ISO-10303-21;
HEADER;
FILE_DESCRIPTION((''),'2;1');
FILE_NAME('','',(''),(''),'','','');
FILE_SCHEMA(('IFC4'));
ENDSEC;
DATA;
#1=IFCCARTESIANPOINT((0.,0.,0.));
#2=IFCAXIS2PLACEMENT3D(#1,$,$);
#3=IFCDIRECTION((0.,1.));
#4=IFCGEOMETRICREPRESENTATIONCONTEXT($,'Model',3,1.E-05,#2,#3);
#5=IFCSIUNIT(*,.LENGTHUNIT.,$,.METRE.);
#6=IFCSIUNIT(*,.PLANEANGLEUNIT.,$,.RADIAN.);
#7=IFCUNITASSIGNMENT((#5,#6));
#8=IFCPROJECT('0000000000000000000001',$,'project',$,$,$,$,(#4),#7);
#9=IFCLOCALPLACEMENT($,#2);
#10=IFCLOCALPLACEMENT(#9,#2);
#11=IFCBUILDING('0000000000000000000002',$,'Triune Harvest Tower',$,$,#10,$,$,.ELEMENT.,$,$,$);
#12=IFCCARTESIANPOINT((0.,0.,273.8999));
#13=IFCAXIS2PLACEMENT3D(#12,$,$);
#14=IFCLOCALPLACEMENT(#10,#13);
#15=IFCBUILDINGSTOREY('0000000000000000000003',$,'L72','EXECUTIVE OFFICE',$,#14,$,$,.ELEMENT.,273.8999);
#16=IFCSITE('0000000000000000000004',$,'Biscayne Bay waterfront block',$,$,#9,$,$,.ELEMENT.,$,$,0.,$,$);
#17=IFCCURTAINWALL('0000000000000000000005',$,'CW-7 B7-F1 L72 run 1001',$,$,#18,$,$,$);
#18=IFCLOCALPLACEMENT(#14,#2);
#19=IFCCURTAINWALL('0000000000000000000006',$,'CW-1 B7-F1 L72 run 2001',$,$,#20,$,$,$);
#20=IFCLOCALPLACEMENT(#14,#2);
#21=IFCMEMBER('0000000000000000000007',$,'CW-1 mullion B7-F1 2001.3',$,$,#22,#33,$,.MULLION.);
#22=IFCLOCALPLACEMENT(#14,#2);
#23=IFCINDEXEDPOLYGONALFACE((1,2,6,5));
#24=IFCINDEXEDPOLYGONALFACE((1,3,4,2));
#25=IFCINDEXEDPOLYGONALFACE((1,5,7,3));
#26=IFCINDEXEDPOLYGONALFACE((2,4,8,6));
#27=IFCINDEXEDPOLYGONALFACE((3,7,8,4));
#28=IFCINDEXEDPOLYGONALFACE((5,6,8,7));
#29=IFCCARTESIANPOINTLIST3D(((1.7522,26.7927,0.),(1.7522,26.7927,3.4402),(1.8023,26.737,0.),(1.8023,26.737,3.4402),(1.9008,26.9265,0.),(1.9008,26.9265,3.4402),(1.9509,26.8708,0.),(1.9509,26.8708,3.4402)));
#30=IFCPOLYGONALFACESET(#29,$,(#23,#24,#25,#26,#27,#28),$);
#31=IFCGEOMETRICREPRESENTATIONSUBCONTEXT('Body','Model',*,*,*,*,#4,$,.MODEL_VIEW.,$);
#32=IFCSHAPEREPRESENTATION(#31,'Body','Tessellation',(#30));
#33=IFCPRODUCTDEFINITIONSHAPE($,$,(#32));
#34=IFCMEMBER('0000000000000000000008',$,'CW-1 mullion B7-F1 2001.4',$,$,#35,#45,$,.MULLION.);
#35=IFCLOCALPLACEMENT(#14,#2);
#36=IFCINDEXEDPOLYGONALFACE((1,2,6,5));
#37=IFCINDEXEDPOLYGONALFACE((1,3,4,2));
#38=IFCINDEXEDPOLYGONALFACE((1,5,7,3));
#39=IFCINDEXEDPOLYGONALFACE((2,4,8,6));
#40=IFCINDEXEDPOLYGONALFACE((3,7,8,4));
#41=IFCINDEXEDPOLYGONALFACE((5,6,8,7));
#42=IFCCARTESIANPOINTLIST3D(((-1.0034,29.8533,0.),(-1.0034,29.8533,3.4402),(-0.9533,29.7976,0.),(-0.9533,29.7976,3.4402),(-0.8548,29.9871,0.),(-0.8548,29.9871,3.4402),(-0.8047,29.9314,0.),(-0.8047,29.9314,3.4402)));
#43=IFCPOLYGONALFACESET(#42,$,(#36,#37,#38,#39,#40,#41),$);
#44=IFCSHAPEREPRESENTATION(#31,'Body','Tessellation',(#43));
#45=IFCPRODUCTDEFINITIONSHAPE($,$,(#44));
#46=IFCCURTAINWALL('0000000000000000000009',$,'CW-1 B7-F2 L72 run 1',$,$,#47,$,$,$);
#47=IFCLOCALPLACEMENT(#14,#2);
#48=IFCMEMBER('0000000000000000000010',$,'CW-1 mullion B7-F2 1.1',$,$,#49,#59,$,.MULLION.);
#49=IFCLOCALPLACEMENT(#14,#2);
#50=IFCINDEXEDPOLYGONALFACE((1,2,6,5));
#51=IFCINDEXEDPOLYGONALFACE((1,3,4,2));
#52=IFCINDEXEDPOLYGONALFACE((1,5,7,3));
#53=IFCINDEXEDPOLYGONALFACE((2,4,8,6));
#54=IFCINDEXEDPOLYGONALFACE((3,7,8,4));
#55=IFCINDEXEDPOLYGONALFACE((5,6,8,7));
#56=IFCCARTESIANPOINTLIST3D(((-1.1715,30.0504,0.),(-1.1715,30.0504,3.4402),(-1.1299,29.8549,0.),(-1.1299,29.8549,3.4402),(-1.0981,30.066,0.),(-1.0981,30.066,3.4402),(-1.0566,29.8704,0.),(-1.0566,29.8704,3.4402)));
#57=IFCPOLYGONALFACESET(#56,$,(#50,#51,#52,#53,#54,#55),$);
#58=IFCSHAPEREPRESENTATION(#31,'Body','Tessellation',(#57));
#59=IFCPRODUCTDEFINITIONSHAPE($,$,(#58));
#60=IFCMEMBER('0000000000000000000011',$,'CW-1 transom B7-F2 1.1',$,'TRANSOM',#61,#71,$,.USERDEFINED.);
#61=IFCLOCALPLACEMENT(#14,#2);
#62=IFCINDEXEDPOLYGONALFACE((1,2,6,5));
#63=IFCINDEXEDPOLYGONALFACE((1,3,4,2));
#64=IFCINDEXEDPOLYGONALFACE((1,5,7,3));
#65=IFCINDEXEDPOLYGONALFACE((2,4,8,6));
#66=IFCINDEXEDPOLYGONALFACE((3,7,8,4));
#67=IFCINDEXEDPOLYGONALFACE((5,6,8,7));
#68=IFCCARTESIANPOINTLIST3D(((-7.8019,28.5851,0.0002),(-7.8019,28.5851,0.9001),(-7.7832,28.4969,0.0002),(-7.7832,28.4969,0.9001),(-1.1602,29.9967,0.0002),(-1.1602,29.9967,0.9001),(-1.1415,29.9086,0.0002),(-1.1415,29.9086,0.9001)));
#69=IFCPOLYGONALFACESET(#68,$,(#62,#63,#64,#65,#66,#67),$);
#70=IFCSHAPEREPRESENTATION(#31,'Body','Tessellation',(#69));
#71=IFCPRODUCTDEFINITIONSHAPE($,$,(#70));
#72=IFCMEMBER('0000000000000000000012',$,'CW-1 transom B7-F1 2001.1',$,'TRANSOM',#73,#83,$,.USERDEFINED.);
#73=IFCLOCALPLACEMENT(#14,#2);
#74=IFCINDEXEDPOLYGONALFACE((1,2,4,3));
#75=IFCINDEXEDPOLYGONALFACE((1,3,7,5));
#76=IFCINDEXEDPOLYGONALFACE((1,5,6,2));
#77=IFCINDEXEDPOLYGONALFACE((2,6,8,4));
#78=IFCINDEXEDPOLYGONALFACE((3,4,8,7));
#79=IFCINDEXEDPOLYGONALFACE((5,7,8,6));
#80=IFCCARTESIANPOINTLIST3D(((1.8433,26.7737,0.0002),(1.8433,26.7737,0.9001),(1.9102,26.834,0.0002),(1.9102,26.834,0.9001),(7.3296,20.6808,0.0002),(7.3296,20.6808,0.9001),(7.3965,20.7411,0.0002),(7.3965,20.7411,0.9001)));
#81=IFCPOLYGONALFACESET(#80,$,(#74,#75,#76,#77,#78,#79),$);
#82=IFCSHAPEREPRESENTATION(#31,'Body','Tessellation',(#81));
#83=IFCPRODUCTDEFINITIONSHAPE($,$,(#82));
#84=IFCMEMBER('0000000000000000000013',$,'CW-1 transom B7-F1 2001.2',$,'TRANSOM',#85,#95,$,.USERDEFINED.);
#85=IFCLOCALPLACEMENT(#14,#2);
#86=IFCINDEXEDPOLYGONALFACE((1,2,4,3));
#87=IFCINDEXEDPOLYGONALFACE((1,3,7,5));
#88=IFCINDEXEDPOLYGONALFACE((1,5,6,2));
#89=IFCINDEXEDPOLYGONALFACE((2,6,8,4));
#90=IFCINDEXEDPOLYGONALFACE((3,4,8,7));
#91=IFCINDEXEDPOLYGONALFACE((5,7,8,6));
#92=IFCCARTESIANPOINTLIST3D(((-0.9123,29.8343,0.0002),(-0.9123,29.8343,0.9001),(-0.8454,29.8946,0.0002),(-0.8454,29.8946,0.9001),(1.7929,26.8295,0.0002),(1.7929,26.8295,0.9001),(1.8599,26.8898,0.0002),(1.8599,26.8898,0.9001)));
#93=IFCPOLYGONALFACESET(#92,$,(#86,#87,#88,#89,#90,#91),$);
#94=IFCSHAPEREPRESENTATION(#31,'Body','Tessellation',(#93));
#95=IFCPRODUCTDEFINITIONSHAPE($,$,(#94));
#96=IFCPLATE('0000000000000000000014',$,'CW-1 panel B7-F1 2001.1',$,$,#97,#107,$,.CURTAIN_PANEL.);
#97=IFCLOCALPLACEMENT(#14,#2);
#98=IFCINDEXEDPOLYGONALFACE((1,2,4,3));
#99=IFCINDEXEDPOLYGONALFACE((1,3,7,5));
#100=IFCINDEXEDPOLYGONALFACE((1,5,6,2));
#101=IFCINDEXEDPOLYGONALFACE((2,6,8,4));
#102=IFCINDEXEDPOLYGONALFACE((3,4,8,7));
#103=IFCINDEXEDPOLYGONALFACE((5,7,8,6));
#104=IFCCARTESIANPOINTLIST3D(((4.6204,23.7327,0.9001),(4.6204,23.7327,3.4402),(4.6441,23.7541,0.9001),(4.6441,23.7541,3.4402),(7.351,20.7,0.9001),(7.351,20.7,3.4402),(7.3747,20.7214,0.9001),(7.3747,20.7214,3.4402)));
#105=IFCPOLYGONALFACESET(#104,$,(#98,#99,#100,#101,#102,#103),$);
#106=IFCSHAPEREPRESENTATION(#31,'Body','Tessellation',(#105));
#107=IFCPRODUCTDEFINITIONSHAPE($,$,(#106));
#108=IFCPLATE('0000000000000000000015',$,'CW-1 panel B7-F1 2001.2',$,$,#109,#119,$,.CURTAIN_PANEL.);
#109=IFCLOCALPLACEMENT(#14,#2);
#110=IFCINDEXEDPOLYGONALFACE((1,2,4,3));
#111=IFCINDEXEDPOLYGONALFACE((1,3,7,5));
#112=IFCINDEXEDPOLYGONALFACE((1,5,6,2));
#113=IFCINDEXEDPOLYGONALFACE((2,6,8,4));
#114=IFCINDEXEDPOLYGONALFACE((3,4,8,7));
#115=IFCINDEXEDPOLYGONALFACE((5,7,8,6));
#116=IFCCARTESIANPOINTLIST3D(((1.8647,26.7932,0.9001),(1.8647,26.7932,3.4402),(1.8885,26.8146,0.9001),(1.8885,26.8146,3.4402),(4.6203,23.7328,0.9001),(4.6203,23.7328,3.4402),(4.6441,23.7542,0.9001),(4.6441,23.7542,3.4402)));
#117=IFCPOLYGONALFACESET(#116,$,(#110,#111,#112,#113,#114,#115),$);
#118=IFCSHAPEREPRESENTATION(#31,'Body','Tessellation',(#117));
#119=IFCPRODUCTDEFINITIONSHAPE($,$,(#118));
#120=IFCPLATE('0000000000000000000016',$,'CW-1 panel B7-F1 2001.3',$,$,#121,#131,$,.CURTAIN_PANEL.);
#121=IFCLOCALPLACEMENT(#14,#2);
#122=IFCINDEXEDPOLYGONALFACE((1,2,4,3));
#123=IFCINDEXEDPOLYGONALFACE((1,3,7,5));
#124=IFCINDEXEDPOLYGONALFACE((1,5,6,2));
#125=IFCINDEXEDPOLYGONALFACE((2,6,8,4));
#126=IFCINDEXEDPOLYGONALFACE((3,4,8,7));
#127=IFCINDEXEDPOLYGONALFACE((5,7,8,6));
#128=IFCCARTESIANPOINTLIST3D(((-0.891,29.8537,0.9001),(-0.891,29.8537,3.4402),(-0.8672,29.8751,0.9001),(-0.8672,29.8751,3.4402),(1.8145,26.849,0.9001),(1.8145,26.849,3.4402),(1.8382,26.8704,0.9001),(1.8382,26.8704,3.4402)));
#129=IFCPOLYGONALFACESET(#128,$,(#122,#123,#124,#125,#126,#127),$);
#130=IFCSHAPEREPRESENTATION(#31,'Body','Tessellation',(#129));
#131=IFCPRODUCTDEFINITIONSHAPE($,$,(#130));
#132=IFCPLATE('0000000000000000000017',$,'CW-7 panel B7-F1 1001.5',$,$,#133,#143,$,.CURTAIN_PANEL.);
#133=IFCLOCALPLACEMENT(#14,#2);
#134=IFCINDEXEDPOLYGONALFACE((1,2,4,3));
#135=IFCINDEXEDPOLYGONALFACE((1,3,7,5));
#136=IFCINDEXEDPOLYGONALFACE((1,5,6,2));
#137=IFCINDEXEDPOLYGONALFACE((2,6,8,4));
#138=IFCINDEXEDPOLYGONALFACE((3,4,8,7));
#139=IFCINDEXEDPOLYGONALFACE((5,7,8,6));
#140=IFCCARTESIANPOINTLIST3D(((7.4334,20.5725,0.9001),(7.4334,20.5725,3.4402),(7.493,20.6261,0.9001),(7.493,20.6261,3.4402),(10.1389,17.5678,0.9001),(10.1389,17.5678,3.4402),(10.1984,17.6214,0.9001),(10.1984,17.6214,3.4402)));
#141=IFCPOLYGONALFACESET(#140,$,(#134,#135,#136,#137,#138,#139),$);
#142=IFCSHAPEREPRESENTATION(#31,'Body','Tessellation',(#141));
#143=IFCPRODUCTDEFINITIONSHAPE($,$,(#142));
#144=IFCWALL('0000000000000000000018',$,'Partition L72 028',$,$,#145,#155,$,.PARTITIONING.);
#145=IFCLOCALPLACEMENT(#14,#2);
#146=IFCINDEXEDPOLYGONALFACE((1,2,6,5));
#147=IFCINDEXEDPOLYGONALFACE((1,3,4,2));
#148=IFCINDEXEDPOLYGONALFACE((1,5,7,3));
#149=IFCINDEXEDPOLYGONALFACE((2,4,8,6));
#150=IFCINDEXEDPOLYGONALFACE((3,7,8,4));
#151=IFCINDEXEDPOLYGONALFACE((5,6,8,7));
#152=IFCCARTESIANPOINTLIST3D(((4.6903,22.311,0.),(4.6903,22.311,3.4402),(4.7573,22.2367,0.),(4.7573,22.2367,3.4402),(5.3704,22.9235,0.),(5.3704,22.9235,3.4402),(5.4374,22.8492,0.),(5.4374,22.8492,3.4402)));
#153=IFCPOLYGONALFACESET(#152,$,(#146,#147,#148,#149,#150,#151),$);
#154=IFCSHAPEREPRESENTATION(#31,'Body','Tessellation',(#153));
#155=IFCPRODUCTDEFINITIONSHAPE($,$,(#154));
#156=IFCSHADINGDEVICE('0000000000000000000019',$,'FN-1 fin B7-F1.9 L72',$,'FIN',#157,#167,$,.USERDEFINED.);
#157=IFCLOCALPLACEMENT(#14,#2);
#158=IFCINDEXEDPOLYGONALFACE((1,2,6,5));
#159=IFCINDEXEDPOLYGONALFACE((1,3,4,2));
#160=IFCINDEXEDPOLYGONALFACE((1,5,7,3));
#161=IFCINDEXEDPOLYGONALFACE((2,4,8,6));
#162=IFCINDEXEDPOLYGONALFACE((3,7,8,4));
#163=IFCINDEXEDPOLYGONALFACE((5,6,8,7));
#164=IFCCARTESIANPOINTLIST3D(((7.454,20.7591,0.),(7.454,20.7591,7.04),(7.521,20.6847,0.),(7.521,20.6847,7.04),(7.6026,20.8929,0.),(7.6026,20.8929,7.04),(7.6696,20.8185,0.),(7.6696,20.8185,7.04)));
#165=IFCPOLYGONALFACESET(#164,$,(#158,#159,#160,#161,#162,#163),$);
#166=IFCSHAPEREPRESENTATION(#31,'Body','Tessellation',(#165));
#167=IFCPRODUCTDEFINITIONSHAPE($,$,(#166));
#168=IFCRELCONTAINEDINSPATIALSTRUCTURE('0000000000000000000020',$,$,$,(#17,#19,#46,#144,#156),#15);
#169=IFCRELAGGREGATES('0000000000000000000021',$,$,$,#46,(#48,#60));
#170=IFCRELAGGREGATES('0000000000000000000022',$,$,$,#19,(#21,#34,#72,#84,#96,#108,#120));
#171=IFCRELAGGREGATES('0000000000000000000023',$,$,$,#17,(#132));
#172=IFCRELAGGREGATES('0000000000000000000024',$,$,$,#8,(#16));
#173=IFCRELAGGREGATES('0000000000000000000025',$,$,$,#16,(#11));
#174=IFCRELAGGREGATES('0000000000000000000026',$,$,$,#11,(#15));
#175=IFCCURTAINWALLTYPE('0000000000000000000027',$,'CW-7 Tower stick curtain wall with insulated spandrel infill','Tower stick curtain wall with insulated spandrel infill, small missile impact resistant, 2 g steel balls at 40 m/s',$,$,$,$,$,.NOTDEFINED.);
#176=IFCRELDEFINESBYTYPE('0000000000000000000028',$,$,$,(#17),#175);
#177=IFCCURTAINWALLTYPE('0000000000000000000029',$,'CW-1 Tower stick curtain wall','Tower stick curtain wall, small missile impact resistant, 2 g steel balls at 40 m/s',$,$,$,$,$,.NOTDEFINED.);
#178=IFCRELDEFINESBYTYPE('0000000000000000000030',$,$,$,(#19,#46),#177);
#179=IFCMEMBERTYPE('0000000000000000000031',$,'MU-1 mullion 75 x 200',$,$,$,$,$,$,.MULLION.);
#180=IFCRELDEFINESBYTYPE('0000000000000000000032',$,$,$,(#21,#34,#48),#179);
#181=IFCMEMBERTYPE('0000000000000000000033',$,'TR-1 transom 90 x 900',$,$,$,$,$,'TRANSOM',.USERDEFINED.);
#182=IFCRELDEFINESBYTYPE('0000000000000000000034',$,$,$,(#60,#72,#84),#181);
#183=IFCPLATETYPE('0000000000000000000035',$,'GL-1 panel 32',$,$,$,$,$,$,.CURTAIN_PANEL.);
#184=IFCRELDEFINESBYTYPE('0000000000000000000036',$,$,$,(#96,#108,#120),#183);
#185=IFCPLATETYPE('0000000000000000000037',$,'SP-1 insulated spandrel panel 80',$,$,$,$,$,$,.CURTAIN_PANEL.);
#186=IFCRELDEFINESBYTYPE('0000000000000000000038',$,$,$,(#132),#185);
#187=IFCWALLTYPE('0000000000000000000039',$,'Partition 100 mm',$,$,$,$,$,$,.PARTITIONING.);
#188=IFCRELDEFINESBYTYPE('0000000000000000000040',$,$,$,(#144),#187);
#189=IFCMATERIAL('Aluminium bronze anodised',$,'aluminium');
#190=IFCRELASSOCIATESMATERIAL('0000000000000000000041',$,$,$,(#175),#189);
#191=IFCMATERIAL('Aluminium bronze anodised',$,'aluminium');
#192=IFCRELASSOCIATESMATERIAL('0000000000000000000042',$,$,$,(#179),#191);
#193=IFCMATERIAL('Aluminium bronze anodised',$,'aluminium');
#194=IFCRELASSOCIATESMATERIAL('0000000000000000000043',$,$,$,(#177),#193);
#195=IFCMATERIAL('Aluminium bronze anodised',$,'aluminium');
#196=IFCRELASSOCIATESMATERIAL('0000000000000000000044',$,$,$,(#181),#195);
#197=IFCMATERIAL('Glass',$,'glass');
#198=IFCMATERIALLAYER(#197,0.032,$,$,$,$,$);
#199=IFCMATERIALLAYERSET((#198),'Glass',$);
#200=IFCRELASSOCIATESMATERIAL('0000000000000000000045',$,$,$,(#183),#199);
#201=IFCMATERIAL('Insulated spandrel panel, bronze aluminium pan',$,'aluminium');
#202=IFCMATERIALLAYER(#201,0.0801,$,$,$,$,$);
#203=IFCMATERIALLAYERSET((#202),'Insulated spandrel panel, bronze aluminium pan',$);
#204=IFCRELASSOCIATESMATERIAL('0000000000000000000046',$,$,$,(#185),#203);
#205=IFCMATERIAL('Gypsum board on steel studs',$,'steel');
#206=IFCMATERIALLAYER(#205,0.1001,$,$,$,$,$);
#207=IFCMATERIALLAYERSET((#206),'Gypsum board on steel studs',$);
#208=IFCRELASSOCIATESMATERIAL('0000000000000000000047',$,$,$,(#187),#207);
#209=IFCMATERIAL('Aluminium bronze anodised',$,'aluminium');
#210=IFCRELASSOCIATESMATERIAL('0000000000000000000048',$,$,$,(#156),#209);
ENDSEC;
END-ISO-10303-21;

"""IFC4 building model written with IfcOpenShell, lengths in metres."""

from ifc_helpers import new_model, si_unit, direction, frame, frame_2d, origin, origin_2d, place, context, subcontext, project, spatial, rectangle, extrude, source, transform, mapped, material, layer, layer_set, material_profile, profile_set, type_object, element, aggregate, save


model = new_model("IFC4")

# Units and contexts
model_context = context("Model", 3, precision=1e-05, world=origin(), true_north=direction((0.0, 1.0)))
body_context = subcontext(model_context, "Body", "Model", "MODEL_VIEW")
ifc_project = project(units=[si_unit("LENGTHUNIT", "METRE"), si_unit("PLANEANGLEUNIT", "RADIAN")], contexts=[model_context])

# Site, building, storey
site_placement = place(None, origin())
site = spatial("IfcSite", under=ifc_project, at=site_placement, Name="Biscayne Bay waterfront block", CompositionType="ELEMENT", RefElevation=0.0)
building_placement = place(site_placement, origin())
building = spatial("IfcBuilding", under=site, at=building_placement, Name="Triune Harvest Tower", CompositionType="ELEMENT")
storey_placement = place(building_placement, frame((0.0, 0.0, 273.8999)))
storey = spatial("IfcBuildingStorey", under=building, at=storey_placement, Name="L72", Description="EXECUTIVE OFFICE", CompositionType="ELEMENT", Elevation=273.8999)

# Curtain wall
ifc_material_1 = material(Name="Aluminium bronze anodised", Category="aluminium")
curtain_wall_type_1 = type_object("IfcCurtainWallType", Name="CW-7 Tower stick curtain wall with insulated spandrel infill", Description="Tower stick curtain wall with insulated spandrel infill, small missile impact resistant, 2 g steel balls at 40 m/s", PredefinedType="NOTDEFINED", material=ifc_material_1)
curtain_wall_1_placement = place(storey_placement, origin())
curtain_wall_1 = element("IfcCurtainWall", 1, at=curtain_wall_1_placement, inside=storey, type_object=curtain_wall_type_1, Name="CW-7 B7-F1 L72 run 1001")
ifc_material_2 = material(Name="Aluminium bronze anodised", Category="aluminium")
ifc_material_profile_1 = material_profile(ifc_material_2, rectangle(XDim=0.2, YDim=0.075, at=origin_2d()), Name="MU-1 mullion 75 x 200")
ifc_profile_set_1 = profile_set([ifc_material_profile_1], Name="Aluminium bronze anodised")
member_type_1 = type_object("IfcMemberType", Name="MU-1 mullion 75 x 200", PredefinedType="MULLION", material=ifc_profile_set_1)
shared_shape_1 = source(origin(), body_context, "Body", "SweptSolid", [
    extrude(rectangle(XDim=0.2, YDim=0.075, at=origin_2d()), origin(), (0.0, 0.0, 1.0), 3.4402),
])

# Curtain walls, members
ifc_material_3 = material(Name="Aluminium bronze anodised", Category="aluminium")
curtain_wall_type_2 = type_object("IfcCurtainWallType", Name="CW-1 Tower stick curtain wall", Description="Tower stick curtain wall, small missile impact resistant, 2 g steel balls at 40 m/s", PredefinedType="NOTDEFINED", material=ifc_material_3)
curtain_wall_2_placement = place(storey_placement, origin())
curtain_wall_2 = element("IfcCurtainWall", 2, at=curtain_wall_2_placement, inside=storey, type_object=curtain_wall_type_2, Name="CW-1 B7-F1 L72 run 2001")
member_1_placement = place(storey_placement, frame((1.8516, 26.8318, 0.0), z_axis=(0.0, 0.0, 1.0), x_axis=(-0.743144, -0.669131, 0.0)))
member_1 = element("IfcMember", 3, at=member_1_placement, type_object=member_type_1, Name="CW-1 mullion B7-F1 2001.3", PredefinedType="MULLION", context=body_context, shape_type="MappedRepresentation", body=[
    mapped(shared_shape_1, transform((0.0, 0.0, 0.0), scale=1.0)),
])
member_2_placement = place(storey_placement, frame((-0.9041, 29.8923, 0.0), z_axis=(0.0, 0.0, 1.0), x_axis=(-0.743144, -0.669131, 0.0)))
member_2 = element("IfcMember", 4, at=member_2_placement, type_object=member_type_1, Name="CW-1 mullion B7-F1 2001.4", PredefinedType="MULLION", context=body_context, shape_type="MappedRepresentation", body=[
    mapped(shared_shape_1, transform((0.0, 0.0, 0.0), scale=1.0)),
])
curtain_wall_3_placement = place(storey_placement, origin())
curtain_wall_3 = element("IfcCurtainWall", 5, at=curtain_wall_3_placement, inside=storey, type_object=curtain_wall_type_2, Name="CW-1 B7-F2 L72 run 1")
member_3_placement = place(storey_placement, frame((-1.114, 29.9604, 0.0), z_axis=(0.0, 0.0, 1.0), x_axis=(0.207905, -0.978149, 0.0)))
member_3 = element("IfcMember", 6, at=member_3_placement, type_object=member_type_1, Name="CW-1 mullion B7-F2 1.1", PredefinedType="MULLION", context=body_context, shape_type="MappedRepresentation", body=[
    mapped(shared_shape_1, transform((0.0, 0.0, 0.0), scale=1.0)),
])
ifc_material_4 = material(Name="Aluminium bronze anodised", Category="aluminium")
ifc_material_profile_2 = material_profile(ifc_material_4, rectangle(XDim=0.0901, YDim=0.8999, at=origin_2d()), Name="TR-1 transom 90 x 900")
ifc_profile_set_2 = profile_set([ifc_material_profile_2], Name="Aluminium bronze anodised")
member_type_2 = type_object("IfcMemberType", Name="TR-1 transom 90 x 900", ElementType="TRANSOM", PredefinedType="USERDEFINED", material=ifc_profile_set_2)
shared_shape_2 = source(origin(), body_context, "Body", "SweptSolid", [
    extrude(rectangle(XDim=0.0901, YDim=0.8999, at=origin_2d()), origin(), (0.0, 0.0, 1.0), 6.79),
])
member_4_placement = place(storey_placement, frame((-1.1509, 29.9526, 0.4502), z_axis=(-0.97815, -0.207898, 0.0), x_axis=(0.207898, -0.97815, 0.0)))
member_4 = element("IfcMember", 7, at=member_4_placement, type_object=member_type_2, Name="CW-1 transom B7-F2 1.1", ObjectType="TRANSOM", PredefinedType="USERDEFINED", context=body_context, shape_type="MappedRepresentation", body=[
    mapped(shared_shape_2, transform((0.0, 0.0, 0.0), scale=1.0)),
])
aggregate(curtain_wall_3, [member_3, member_4])

# Members
shared_shape_3 = source(origin(), body_context, "Body", "SweptSolid", [
    extrude(rectangle(XDim=0.0901, YDim=0.8999, at=origin_2d()), origin(), (0.0, 0.0, 1.0), 8.199),
])
member_5_placement = place(storey_placement, frame((7.363, 20.7109, 0.4502), z_axis=(-0.669141, 0.743136, 0.0), x_axis=(-0.743136, -0.669141, 0.0)))
member_5 = element("IfcMember", 8, at=member_5_placement, type_object=member_type_2, Name="CW-1 transom B7-F1 2001.1", ObjectType="TRANSOM", PredefinedType="USERDEFINED", context=body_context, shape_type="MappedRepresentation", body=[
    mapped(shared_shape_3, transform((0.0, 0.0, 0.0), scale=1.0)),
])
shared_shape_4 = source(origin(), body_context, "Body", "SweptSolid", [
    extrude(rectangle(XDim=0.0901, YDim=0.8999, at=origin_2d()), origin(), (0.0, 0.0, 1.0), 4.0432),
])
member_6_placement = place(storey_placement, frame((1.8264, 26.8596, 0.4502), z_axis=(-0.669091, 0.74318, 0.0), x_axis=(-0.74318, -0.669091, 0.0)))
member_6 = element("IfcMember", 9, at=member_6_placement, type_object=member_type_2, Name="CW-1 transom B7-F1 2001.2", ObjectType="TRANSOM", PredefinedType="USERDEFINED", context=body_context, shape_type="MappedRepresentation", body=[
    mapped(shared_shape_4, transform((0.0, 0.0, 0.0), scale=1.0)),
])

# Plates
ifc_material_5 = material(Name="Glass", Category="glass")
ifc_layer_1 = layer(ifc_material_5, 0.032)
ifc_layer_set_1 = layer_set([ifc_layer_1], Name="Glass")
plate_type_1 = type_object("IfcPlateType", Name="GL-1 panel 32", PredefinedType="CURTAIN_PANEL", material=ifc_layer_set_1)
shared_shape_5 = source(origin(), body_context, "Body", "SweptSolid", [
    extrude(rectangle(XDim=4.0808, YDim=0.032, at=origin_2d()), origin(), (0.0, 0.0, 1.0), 2.54),
])
plate_1_placement = place(storey_placement, frame((5.9976, 22.2271, 0.9001), z_axis=(0.0, 0.0, 1.0), x_axis=(-0.669131, 0.743144, 0.0)))
plate_1 = element("IfcPlate", 10, at=plate_1_placement, type_object=plate_type_1, Name="CW-1 panel B7-F1 2001.1", PredefinedType="CURTAIN_PANEL", context=body_context, shape_type="MappedRepresentation", body=[
    mapped(shared_shape_5, transform((0.0, 0.0, 0.0), scale=1.0)),
])
shared_shape_6 = source(origin(), body_context, "Body", "SweptSolid", [
    extrude(rectangle(XDim=4.1182, YDim=0.032, at=origin_2d()), origin(), (0.0, 0.0, 1.0), 2.54),
])
plate_2_placement = place(storey_placement, frame((3.2544, 25.2737, 0.9001), z_axis=(0.0, 0.0, 1.0), x_axis=(-0.669131, 0.743144, 0.0)))
plate_2 = element("IfcPlate", 11, at=plate_2_placement, type_object=plate_type_1, Name="CW-1 panel B7-F1 2001.2", PredefinedType="CURTAIN_PANEL", context=body_context, shape_type="MappedRepresentation", body=[
    mapped(shared_shape_6, transform((0.0, 0.0, 0.0), scale=1.0)),
])
shared_shape_7 = source(origin(), body_context, "Body", "SweptSolid", [
    extrude(rectangle(XDim=4.0432, YDim=0.032, at=origin_2d()), origin(), (0.0, 0.0, 1.0), 2.54),
])
plate_3_placement = place(storey_placement, frame((0.4736, 28.3621, 0.9001), z_axis=(0.0, 0.0, 1.0), x_axis=(-0.669131, 0.743144, 0.0)))
plate_3 = element("IfcPlate", 12, at=plate_3_placement, type_object=plate_type_1, Name="CW-1 panel B7-F1 2001.3", PredefinedType="CURTAIN_PANEL", context=body_context, shape_type="MappedRepresentation", body=[
    mapped(shared_shape_7, transform((0.0, 0.0, 0.0), scale=1.0)),
])
aggregate(curtain_wall_2, [member_1, member_2, member_5, member_6, plate_1, plate_2, plate_3])
ifc_material_6 = material(Name="Insulated spandrel panel, bronze aluminium pan", Category="aluminium")
ifc_layer_2 = layer(ifc_material_6, 0.0801)
ifc_layer_set_2 = layer_set([ifc_layer_2], Name="Insulated spandrel panel, bronze aluminium pan")
plate_type_2 = type_object("IfcPlateType", Name="SP-1 insulated spandrel panel 80", PredefinedType="CURTAIN_PANEL", material=ifc_layer_set_2)
shared_shape_8 = source(origin(), body_context, "Body", "SweptSolid", [
    extrude(rectangle(XDim=4.0432, YDim=0.0801, at=origin_2d()), origin(), (0.0, 0.0, 1.0), 2.54),
])
plate_4_placement = place(storey_placement, frame((8.8159, 19.0969, 0.9001), z_axis=(0.0, 0.0, 1.0), x_axis=(-0.669131, 0.743144, 0.0)))
plate_4 = element("IfcPlate", 13, at=plate_4_placement, type_object=plate_type_2, Name="CW-7 panel B7-F1 1001.5", PredefinedType="CURTAIN_PANEL", context=body_context, shape_type="MappedRepresentation", body=[
    mapped(shared_shape_8, transform((0.0, 0.0, 0.0), scale=1.0)),
])
aggregate(curtain_wall_1, [plate_4])

# Wall
ifc_material_7 = material(Name="Gypsum board on steel studs", Category="steel")
ifc_layer_3 = layer(ifc_material_7, 0.1001)
ifc_layer_set_3 = layer_set([ifc_layer_3], Name="Gypsum board on steel studs")
wall_type = type_object("IfcWallType", Name="Partition 100 mm", PredefinedType="PARTITIONING", material=ifc_layer_set_3)
shared_shape_9 = source(origin(), body_context, "Body", "SweptSolid", [
    extrude(rectangle(XDim=0.9153, YDim=0.1001, at=frame_2d((0.4575, 0.0))), origin(), (0.0, 0.0, 1.0), 3.4402),
])
wall_placement = place(storey_placement, frame((4.7239, 22.2739, 0.0), z_axis=(0.0, 0.0, 1.0), x_axis=(0.743082, 0.6692, 0.0)))
element("IfcWall", 14, at=wall_placement, inside=storey, type_object=wall_type, Name="Partition L72 028", PredefinedType="PARTITIONING", context=body_context, shape_type="MappedRepresentation", body=[
    mapped(shared_shape_9, transform((0.0, 0.0, 0.0), scale=1.0)),
])

# Shading device
ifc_material_8 = material(Name="Aluminium bronze anodised", Category="aluminium")
shared_shape_10 = source(origin(), body_context, "Body", "SweptSolid", [
    extrude(rectangle(XDim=0.1001, YDim=0.2, at=origin_2d()), origin(), (0.0, 0.0, 1.0), 7.04),
])
shading_device_1_placement = place(storey_placement, frame((7.5618, 20.7888, 0.0), z_axis=(0.0, 0.0, 1.0), x_axis=(-0.669131, 0.743144, 0.0)))
element("IfcShadingDevice", 15, at=shading_device_1_placement, inside=storey, material=ifc_material_8, Name="FN-1 fin B7-F1.9 L72", ObjectType="FIN", PredefinedType="USERDEFINED", context=body_context, shape_type="MappedRepresentation", body=[
    mapped(shared_shape_10, transform((0.0, 0.0, 0.0), scale=1.0)),
])

save(model, "model.ifc")
